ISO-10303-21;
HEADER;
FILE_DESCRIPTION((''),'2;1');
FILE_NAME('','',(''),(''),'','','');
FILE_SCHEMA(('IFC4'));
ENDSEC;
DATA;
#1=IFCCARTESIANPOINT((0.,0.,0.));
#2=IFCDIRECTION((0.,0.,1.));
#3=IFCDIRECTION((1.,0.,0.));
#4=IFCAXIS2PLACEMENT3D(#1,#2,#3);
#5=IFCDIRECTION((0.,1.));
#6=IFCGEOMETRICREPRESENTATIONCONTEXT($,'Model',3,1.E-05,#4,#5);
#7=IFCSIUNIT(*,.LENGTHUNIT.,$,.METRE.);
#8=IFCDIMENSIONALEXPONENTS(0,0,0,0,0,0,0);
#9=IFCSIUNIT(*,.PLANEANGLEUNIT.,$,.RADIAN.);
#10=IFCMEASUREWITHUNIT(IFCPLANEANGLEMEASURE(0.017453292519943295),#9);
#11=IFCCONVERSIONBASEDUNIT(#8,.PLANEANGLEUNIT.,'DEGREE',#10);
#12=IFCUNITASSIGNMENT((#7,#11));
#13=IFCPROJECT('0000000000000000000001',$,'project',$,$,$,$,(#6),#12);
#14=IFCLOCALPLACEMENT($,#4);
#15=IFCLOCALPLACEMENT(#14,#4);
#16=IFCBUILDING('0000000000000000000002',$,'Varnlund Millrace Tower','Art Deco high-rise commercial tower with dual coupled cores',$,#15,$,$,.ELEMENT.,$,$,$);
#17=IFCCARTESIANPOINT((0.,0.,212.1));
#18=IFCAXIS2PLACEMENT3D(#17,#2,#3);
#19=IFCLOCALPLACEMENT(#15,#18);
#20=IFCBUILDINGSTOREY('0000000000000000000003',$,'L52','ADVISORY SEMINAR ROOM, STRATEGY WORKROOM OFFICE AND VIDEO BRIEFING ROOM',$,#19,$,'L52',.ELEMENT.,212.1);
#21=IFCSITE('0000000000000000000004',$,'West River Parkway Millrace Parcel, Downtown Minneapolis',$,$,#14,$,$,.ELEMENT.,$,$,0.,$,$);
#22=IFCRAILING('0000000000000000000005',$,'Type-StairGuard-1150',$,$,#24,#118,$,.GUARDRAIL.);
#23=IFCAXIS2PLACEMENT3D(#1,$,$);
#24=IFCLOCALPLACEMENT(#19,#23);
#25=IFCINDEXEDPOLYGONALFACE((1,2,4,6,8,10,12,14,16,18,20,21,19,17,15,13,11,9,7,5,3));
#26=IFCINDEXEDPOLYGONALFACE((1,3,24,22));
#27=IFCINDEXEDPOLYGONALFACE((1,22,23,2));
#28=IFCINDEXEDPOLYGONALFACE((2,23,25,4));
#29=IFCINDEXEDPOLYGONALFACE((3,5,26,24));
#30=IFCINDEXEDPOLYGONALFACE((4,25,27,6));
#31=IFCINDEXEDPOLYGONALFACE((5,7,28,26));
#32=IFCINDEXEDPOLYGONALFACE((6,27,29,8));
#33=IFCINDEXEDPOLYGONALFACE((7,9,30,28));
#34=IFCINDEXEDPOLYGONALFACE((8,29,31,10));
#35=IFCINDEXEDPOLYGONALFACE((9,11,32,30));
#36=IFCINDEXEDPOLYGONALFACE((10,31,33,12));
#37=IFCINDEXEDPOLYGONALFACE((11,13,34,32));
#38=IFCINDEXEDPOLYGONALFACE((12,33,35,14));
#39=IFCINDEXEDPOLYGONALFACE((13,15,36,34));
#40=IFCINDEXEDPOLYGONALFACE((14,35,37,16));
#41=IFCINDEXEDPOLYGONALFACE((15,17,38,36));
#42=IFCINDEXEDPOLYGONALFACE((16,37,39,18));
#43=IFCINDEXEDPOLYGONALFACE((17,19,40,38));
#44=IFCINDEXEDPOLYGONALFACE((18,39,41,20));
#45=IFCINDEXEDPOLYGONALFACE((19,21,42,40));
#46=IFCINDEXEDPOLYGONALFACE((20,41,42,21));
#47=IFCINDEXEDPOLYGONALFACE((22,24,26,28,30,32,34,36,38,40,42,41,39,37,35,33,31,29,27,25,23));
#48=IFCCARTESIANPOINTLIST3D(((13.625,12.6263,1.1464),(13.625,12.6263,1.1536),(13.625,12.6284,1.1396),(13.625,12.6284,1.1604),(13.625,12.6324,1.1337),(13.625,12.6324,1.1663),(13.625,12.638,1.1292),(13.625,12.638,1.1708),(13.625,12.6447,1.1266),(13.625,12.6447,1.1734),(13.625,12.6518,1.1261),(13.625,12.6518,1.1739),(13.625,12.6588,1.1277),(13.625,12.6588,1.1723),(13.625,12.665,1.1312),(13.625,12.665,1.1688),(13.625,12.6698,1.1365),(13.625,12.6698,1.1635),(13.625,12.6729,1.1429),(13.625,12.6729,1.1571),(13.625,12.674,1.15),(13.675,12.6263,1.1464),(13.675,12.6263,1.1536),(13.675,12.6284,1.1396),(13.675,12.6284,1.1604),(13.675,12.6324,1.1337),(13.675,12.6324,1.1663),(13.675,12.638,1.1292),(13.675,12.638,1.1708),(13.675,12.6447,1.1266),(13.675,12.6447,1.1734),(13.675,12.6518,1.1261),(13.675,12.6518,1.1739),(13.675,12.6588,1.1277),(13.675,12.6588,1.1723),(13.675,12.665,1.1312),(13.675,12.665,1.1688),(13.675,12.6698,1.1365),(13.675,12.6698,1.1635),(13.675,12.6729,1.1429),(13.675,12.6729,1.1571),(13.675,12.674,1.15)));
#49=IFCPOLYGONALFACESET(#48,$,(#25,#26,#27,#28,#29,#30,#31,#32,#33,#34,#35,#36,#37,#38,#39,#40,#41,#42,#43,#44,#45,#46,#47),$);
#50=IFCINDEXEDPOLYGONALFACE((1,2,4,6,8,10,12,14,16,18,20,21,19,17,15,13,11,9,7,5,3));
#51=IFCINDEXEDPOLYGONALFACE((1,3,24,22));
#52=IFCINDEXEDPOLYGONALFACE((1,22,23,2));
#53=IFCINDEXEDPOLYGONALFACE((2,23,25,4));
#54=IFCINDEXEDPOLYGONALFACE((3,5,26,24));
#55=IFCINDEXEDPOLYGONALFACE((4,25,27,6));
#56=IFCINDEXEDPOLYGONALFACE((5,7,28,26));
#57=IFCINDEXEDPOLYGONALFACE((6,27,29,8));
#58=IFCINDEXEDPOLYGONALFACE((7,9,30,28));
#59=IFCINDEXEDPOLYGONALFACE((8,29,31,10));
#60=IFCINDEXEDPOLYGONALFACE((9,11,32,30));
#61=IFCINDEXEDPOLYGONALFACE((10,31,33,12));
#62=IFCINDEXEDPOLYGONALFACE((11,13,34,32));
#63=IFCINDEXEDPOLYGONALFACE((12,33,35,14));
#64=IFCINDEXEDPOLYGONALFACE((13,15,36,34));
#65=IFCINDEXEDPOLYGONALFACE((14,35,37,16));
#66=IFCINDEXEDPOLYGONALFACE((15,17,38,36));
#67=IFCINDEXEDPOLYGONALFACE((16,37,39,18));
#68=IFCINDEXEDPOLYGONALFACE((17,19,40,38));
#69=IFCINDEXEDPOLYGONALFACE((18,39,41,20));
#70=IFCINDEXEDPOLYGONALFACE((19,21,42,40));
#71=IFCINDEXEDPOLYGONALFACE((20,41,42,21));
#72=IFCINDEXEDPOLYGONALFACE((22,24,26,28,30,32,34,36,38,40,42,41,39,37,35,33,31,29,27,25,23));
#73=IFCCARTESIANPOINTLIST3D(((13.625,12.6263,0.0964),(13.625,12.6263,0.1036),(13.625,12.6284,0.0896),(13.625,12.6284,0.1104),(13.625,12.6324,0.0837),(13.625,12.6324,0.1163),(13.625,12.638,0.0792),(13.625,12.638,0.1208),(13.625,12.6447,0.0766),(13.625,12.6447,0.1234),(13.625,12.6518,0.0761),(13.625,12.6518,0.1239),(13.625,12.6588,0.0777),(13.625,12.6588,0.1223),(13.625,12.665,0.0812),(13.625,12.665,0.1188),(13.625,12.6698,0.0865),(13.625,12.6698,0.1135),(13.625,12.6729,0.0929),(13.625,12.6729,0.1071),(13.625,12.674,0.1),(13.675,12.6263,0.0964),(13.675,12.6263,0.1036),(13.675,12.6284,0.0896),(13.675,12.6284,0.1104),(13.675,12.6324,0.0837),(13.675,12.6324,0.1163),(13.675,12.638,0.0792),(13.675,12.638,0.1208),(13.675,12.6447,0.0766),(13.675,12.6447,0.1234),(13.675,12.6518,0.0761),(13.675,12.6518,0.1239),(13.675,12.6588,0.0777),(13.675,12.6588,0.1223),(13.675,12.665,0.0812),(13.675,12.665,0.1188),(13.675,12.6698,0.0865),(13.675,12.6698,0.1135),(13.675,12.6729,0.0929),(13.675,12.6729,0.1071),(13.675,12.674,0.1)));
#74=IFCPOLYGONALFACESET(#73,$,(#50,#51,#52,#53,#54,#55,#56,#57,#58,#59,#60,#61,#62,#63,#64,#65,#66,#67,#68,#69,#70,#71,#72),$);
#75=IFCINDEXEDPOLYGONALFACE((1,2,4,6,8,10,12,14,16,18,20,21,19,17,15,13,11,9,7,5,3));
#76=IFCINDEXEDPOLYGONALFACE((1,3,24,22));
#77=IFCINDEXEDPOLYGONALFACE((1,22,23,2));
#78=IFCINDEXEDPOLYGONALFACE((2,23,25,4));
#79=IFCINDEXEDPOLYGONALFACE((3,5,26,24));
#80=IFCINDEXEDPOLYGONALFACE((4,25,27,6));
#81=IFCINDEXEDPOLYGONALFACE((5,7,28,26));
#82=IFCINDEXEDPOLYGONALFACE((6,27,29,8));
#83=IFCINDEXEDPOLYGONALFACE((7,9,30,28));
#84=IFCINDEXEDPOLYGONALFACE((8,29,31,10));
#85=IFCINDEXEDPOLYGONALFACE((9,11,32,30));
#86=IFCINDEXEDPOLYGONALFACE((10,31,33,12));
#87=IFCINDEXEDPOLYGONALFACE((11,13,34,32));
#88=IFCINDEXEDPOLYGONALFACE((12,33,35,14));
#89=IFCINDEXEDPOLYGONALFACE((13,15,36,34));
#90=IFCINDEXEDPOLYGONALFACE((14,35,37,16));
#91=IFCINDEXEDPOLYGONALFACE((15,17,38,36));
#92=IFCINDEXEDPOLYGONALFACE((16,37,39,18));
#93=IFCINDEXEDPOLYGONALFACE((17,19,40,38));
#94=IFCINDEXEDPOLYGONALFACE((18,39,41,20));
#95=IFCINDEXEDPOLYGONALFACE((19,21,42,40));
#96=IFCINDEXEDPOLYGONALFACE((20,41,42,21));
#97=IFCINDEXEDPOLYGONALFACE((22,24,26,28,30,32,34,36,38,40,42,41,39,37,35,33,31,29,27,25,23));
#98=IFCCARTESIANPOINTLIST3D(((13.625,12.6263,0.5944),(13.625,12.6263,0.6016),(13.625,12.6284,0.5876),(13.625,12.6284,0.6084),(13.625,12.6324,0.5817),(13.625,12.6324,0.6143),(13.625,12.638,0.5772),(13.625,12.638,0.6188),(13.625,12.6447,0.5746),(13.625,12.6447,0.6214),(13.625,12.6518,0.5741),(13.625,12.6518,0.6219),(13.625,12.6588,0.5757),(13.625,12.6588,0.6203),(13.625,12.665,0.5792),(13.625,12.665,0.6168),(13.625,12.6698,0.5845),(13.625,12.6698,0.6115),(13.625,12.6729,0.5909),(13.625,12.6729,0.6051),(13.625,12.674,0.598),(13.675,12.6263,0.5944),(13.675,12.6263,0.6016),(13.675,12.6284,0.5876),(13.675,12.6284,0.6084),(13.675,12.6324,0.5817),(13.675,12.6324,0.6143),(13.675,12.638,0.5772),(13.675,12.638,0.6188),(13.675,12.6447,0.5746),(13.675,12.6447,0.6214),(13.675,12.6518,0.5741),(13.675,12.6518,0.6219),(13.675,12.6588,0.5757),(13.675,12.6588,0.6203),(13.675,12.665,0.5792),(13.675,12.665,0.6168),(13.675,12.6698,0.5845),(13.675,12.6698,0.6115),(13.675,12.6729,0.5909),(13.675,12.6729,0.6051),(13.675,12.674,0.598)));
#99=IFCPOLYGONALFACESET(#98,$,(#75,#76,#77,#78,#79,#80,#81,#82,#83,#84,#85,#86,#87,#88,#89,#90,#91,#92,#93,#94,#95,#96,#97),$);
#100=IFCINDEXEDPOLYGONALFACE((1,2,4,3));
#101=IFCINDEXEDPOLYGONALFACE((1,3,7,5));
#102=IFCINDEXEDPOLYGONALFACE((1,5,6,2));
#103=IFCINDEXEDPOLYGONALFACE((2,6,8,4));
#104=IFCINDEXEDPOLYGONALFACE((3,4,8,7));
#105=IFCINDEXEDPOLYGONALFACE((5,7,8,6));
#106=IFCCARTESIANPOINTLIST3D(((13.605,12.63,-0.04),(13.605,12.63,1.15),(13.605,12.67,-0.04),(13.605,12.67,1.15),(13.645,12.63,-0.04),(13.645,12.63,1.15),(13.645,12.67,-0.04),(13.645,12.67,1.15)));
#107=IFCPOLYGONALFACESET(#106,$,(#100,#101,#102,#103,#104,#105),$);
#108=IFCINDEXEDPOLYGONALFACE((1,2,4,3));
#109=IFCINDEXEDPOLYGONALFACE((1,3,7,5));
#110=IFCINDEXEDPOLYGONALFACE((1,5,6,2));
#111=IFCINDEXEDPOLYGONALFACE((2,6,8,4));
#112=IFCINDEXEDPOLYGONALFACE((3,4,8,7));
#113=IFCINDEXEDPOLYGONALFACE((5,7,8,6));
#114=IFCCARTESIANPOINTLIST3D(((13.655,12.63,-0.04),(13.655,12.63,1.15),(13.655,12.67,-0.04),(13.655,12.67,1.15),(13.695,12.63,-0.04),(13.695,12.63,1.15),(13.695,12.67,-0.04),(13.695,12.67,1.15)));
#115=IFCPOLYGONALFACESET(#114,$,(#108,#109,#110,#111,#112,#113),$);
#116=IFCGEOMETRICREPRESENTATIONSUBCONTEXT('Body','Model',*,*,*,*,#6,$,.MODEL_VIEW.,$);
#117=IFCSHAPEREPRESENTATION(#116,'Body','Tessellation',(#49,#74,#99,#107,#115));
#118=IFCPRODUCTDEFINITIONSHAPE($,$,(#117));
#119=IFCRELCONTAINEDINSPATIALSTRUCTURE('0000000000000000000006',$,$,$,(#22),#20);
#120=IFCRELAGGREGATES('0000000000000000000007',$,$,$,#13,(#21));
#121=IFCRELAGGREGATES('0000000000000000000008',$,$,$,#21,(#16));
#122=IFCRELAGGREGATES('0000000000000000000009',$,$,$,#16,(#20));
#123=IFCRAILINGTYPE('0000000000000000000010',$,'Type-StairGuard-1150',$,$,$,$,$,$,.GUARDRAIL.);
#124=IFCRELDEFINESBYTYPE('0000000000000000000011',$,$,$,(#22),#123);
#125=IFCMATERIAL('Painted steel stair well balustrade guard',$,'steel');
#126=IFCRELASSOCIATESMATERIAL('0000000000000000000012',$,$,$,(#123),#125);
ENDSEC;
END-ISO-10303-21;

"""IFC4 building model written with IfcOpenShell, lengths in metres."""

from ifc_helpers import new_model, entity, si_unit, converted_unit, direction, frame, origin_with_axes, origin_2d_with_axis, place, context, subcontext, project, spatial, rectangle, circle, extrude, material, type_object, element, save


model = new_model("IFC4")

# Units and contexts
model_context = context("Model", 3, precision=1e-05, world=origin_with_axes(), true_north=direction((0.0, 1.0)))
body_context = subcontext(model_context, "Body", "Model", "MODEL_VIEW")
ifc_project = project(units=[si_unit("LENGTHUNIT", "METRE"), converted_unit("PLANEANGLEUNIT", "DEGREE", entity("IfcPlaneAngleMeasure", 0.017453292519943295), si_unit("PLANEANGLEUNIT", "RADIAN"), dimensions=[0, 0, 0, 0, 0, 0, 0])], contexts=[model_context])

# Site, building, storey
site_placement = place(None, origin_with_axes())
site = spatial("IfcSite", under=ifc_project, at=site_placement, Name="West River Parkway Millrace Parcel, Downtown Minneapolis", CompositionType="ELEMENT", RefElevation=0.0)
building_placement = place(site_placement, origin_with_axes())
building = spatial("IfcBuilding", under=site, at=building_placement, Name="Varnlund Millrace Tower", Description="Art Deco high-rise commercial tower with dual coupled cores", CompositionType="ELEMENT")
storey_placement = place(building_placement, frame((0.0, 0.0, 212.1), z_axis=(0.0, 0.0, 1.0), x_axis=(1.0, 0.0, 0.0)))
storey = spatial("IfcBuildingStorey", under=building, at=storey_placement, Name="L52", Description="ADVISORY SEMINAR ROOM, STRATEGY WORKROOM OFFICE AND VIDEO BRIEFING ROOM", LongName="L52", CompositionType="ELEMENT", Elevation=212.1)

# Railing
ifc_material_1 = material(Name="Painted steel stair well balustrade guard", Category="steel")
railing_type_1 = type_object("IfcRailingType", Name="Type-StairGuard-1150", PredefinedType="GUARDRAIL", material=ifc_material_1)
railing_1_placement = place(storey_placement, frame((0.0, 0.0, -212.1), z_axis=(0.0, 0.0, 1.0), x_axis=(1.0, 0.0, 0.0)))
element("IfcRailing", 1, at=railing_1_placement, inside=storey, type_object=railing_type_1, Name="Type-StairGuard-1150", PredefinedType="GUARDRAIL", context=body_context, shape_type="SweptSolid", body=[
    extrude(circle(Radius=0.024, at=origin_2d_with_axis()), frame((13.625, 12.65, 213.25), z_axis=(1.0, 0.0, 0.0), x_axis=(0.0, 1.0, 0.0)), (0.0, 0.0, 1.0), 0.05),
    extrude(circle(Radius=0.024, at=origin_2d_with_axis()), frame((13.625, 12.65, 212.2), z_axis=(1.0, 0.0, 0.0), x_axis=(0.0, 1.0, 0.0)), (0.0, 0.0, 1.0), 0.05),
    extrude(circle(Radius=0.024, at=origin_2d_with_axis()), frame((13.625, 12.65, 212.698), z_axis=(1.0, 0.0, 0.0), x_axis=(0.0, 1.0, 0.0)), (0.0, 0.0, 1.0), 0.05),
    extrude(rectangle(XDim=0.04, YDim=0.04, at=origin_2d_with_axis()), frame((13.625, 12.65, 212.06), z_axis=(0.0, 0.0, 1.0), x_axis=(1.0, 0.0, 0.0)), (0.0, 0.0, 1.0), 1.19),
    extrude(rectangle(XDim=0.04, YDim=0.04, at=origin_2d_with_axis()), frame((13.675, 12.65, 212.06), z_axis=(0.0, 0.0, 1.0), x_axis=(1.0, 0.0, 0.0)), (0.0, 0.0, 1.0), 1.19),
])

save(model, "model.ifc")
